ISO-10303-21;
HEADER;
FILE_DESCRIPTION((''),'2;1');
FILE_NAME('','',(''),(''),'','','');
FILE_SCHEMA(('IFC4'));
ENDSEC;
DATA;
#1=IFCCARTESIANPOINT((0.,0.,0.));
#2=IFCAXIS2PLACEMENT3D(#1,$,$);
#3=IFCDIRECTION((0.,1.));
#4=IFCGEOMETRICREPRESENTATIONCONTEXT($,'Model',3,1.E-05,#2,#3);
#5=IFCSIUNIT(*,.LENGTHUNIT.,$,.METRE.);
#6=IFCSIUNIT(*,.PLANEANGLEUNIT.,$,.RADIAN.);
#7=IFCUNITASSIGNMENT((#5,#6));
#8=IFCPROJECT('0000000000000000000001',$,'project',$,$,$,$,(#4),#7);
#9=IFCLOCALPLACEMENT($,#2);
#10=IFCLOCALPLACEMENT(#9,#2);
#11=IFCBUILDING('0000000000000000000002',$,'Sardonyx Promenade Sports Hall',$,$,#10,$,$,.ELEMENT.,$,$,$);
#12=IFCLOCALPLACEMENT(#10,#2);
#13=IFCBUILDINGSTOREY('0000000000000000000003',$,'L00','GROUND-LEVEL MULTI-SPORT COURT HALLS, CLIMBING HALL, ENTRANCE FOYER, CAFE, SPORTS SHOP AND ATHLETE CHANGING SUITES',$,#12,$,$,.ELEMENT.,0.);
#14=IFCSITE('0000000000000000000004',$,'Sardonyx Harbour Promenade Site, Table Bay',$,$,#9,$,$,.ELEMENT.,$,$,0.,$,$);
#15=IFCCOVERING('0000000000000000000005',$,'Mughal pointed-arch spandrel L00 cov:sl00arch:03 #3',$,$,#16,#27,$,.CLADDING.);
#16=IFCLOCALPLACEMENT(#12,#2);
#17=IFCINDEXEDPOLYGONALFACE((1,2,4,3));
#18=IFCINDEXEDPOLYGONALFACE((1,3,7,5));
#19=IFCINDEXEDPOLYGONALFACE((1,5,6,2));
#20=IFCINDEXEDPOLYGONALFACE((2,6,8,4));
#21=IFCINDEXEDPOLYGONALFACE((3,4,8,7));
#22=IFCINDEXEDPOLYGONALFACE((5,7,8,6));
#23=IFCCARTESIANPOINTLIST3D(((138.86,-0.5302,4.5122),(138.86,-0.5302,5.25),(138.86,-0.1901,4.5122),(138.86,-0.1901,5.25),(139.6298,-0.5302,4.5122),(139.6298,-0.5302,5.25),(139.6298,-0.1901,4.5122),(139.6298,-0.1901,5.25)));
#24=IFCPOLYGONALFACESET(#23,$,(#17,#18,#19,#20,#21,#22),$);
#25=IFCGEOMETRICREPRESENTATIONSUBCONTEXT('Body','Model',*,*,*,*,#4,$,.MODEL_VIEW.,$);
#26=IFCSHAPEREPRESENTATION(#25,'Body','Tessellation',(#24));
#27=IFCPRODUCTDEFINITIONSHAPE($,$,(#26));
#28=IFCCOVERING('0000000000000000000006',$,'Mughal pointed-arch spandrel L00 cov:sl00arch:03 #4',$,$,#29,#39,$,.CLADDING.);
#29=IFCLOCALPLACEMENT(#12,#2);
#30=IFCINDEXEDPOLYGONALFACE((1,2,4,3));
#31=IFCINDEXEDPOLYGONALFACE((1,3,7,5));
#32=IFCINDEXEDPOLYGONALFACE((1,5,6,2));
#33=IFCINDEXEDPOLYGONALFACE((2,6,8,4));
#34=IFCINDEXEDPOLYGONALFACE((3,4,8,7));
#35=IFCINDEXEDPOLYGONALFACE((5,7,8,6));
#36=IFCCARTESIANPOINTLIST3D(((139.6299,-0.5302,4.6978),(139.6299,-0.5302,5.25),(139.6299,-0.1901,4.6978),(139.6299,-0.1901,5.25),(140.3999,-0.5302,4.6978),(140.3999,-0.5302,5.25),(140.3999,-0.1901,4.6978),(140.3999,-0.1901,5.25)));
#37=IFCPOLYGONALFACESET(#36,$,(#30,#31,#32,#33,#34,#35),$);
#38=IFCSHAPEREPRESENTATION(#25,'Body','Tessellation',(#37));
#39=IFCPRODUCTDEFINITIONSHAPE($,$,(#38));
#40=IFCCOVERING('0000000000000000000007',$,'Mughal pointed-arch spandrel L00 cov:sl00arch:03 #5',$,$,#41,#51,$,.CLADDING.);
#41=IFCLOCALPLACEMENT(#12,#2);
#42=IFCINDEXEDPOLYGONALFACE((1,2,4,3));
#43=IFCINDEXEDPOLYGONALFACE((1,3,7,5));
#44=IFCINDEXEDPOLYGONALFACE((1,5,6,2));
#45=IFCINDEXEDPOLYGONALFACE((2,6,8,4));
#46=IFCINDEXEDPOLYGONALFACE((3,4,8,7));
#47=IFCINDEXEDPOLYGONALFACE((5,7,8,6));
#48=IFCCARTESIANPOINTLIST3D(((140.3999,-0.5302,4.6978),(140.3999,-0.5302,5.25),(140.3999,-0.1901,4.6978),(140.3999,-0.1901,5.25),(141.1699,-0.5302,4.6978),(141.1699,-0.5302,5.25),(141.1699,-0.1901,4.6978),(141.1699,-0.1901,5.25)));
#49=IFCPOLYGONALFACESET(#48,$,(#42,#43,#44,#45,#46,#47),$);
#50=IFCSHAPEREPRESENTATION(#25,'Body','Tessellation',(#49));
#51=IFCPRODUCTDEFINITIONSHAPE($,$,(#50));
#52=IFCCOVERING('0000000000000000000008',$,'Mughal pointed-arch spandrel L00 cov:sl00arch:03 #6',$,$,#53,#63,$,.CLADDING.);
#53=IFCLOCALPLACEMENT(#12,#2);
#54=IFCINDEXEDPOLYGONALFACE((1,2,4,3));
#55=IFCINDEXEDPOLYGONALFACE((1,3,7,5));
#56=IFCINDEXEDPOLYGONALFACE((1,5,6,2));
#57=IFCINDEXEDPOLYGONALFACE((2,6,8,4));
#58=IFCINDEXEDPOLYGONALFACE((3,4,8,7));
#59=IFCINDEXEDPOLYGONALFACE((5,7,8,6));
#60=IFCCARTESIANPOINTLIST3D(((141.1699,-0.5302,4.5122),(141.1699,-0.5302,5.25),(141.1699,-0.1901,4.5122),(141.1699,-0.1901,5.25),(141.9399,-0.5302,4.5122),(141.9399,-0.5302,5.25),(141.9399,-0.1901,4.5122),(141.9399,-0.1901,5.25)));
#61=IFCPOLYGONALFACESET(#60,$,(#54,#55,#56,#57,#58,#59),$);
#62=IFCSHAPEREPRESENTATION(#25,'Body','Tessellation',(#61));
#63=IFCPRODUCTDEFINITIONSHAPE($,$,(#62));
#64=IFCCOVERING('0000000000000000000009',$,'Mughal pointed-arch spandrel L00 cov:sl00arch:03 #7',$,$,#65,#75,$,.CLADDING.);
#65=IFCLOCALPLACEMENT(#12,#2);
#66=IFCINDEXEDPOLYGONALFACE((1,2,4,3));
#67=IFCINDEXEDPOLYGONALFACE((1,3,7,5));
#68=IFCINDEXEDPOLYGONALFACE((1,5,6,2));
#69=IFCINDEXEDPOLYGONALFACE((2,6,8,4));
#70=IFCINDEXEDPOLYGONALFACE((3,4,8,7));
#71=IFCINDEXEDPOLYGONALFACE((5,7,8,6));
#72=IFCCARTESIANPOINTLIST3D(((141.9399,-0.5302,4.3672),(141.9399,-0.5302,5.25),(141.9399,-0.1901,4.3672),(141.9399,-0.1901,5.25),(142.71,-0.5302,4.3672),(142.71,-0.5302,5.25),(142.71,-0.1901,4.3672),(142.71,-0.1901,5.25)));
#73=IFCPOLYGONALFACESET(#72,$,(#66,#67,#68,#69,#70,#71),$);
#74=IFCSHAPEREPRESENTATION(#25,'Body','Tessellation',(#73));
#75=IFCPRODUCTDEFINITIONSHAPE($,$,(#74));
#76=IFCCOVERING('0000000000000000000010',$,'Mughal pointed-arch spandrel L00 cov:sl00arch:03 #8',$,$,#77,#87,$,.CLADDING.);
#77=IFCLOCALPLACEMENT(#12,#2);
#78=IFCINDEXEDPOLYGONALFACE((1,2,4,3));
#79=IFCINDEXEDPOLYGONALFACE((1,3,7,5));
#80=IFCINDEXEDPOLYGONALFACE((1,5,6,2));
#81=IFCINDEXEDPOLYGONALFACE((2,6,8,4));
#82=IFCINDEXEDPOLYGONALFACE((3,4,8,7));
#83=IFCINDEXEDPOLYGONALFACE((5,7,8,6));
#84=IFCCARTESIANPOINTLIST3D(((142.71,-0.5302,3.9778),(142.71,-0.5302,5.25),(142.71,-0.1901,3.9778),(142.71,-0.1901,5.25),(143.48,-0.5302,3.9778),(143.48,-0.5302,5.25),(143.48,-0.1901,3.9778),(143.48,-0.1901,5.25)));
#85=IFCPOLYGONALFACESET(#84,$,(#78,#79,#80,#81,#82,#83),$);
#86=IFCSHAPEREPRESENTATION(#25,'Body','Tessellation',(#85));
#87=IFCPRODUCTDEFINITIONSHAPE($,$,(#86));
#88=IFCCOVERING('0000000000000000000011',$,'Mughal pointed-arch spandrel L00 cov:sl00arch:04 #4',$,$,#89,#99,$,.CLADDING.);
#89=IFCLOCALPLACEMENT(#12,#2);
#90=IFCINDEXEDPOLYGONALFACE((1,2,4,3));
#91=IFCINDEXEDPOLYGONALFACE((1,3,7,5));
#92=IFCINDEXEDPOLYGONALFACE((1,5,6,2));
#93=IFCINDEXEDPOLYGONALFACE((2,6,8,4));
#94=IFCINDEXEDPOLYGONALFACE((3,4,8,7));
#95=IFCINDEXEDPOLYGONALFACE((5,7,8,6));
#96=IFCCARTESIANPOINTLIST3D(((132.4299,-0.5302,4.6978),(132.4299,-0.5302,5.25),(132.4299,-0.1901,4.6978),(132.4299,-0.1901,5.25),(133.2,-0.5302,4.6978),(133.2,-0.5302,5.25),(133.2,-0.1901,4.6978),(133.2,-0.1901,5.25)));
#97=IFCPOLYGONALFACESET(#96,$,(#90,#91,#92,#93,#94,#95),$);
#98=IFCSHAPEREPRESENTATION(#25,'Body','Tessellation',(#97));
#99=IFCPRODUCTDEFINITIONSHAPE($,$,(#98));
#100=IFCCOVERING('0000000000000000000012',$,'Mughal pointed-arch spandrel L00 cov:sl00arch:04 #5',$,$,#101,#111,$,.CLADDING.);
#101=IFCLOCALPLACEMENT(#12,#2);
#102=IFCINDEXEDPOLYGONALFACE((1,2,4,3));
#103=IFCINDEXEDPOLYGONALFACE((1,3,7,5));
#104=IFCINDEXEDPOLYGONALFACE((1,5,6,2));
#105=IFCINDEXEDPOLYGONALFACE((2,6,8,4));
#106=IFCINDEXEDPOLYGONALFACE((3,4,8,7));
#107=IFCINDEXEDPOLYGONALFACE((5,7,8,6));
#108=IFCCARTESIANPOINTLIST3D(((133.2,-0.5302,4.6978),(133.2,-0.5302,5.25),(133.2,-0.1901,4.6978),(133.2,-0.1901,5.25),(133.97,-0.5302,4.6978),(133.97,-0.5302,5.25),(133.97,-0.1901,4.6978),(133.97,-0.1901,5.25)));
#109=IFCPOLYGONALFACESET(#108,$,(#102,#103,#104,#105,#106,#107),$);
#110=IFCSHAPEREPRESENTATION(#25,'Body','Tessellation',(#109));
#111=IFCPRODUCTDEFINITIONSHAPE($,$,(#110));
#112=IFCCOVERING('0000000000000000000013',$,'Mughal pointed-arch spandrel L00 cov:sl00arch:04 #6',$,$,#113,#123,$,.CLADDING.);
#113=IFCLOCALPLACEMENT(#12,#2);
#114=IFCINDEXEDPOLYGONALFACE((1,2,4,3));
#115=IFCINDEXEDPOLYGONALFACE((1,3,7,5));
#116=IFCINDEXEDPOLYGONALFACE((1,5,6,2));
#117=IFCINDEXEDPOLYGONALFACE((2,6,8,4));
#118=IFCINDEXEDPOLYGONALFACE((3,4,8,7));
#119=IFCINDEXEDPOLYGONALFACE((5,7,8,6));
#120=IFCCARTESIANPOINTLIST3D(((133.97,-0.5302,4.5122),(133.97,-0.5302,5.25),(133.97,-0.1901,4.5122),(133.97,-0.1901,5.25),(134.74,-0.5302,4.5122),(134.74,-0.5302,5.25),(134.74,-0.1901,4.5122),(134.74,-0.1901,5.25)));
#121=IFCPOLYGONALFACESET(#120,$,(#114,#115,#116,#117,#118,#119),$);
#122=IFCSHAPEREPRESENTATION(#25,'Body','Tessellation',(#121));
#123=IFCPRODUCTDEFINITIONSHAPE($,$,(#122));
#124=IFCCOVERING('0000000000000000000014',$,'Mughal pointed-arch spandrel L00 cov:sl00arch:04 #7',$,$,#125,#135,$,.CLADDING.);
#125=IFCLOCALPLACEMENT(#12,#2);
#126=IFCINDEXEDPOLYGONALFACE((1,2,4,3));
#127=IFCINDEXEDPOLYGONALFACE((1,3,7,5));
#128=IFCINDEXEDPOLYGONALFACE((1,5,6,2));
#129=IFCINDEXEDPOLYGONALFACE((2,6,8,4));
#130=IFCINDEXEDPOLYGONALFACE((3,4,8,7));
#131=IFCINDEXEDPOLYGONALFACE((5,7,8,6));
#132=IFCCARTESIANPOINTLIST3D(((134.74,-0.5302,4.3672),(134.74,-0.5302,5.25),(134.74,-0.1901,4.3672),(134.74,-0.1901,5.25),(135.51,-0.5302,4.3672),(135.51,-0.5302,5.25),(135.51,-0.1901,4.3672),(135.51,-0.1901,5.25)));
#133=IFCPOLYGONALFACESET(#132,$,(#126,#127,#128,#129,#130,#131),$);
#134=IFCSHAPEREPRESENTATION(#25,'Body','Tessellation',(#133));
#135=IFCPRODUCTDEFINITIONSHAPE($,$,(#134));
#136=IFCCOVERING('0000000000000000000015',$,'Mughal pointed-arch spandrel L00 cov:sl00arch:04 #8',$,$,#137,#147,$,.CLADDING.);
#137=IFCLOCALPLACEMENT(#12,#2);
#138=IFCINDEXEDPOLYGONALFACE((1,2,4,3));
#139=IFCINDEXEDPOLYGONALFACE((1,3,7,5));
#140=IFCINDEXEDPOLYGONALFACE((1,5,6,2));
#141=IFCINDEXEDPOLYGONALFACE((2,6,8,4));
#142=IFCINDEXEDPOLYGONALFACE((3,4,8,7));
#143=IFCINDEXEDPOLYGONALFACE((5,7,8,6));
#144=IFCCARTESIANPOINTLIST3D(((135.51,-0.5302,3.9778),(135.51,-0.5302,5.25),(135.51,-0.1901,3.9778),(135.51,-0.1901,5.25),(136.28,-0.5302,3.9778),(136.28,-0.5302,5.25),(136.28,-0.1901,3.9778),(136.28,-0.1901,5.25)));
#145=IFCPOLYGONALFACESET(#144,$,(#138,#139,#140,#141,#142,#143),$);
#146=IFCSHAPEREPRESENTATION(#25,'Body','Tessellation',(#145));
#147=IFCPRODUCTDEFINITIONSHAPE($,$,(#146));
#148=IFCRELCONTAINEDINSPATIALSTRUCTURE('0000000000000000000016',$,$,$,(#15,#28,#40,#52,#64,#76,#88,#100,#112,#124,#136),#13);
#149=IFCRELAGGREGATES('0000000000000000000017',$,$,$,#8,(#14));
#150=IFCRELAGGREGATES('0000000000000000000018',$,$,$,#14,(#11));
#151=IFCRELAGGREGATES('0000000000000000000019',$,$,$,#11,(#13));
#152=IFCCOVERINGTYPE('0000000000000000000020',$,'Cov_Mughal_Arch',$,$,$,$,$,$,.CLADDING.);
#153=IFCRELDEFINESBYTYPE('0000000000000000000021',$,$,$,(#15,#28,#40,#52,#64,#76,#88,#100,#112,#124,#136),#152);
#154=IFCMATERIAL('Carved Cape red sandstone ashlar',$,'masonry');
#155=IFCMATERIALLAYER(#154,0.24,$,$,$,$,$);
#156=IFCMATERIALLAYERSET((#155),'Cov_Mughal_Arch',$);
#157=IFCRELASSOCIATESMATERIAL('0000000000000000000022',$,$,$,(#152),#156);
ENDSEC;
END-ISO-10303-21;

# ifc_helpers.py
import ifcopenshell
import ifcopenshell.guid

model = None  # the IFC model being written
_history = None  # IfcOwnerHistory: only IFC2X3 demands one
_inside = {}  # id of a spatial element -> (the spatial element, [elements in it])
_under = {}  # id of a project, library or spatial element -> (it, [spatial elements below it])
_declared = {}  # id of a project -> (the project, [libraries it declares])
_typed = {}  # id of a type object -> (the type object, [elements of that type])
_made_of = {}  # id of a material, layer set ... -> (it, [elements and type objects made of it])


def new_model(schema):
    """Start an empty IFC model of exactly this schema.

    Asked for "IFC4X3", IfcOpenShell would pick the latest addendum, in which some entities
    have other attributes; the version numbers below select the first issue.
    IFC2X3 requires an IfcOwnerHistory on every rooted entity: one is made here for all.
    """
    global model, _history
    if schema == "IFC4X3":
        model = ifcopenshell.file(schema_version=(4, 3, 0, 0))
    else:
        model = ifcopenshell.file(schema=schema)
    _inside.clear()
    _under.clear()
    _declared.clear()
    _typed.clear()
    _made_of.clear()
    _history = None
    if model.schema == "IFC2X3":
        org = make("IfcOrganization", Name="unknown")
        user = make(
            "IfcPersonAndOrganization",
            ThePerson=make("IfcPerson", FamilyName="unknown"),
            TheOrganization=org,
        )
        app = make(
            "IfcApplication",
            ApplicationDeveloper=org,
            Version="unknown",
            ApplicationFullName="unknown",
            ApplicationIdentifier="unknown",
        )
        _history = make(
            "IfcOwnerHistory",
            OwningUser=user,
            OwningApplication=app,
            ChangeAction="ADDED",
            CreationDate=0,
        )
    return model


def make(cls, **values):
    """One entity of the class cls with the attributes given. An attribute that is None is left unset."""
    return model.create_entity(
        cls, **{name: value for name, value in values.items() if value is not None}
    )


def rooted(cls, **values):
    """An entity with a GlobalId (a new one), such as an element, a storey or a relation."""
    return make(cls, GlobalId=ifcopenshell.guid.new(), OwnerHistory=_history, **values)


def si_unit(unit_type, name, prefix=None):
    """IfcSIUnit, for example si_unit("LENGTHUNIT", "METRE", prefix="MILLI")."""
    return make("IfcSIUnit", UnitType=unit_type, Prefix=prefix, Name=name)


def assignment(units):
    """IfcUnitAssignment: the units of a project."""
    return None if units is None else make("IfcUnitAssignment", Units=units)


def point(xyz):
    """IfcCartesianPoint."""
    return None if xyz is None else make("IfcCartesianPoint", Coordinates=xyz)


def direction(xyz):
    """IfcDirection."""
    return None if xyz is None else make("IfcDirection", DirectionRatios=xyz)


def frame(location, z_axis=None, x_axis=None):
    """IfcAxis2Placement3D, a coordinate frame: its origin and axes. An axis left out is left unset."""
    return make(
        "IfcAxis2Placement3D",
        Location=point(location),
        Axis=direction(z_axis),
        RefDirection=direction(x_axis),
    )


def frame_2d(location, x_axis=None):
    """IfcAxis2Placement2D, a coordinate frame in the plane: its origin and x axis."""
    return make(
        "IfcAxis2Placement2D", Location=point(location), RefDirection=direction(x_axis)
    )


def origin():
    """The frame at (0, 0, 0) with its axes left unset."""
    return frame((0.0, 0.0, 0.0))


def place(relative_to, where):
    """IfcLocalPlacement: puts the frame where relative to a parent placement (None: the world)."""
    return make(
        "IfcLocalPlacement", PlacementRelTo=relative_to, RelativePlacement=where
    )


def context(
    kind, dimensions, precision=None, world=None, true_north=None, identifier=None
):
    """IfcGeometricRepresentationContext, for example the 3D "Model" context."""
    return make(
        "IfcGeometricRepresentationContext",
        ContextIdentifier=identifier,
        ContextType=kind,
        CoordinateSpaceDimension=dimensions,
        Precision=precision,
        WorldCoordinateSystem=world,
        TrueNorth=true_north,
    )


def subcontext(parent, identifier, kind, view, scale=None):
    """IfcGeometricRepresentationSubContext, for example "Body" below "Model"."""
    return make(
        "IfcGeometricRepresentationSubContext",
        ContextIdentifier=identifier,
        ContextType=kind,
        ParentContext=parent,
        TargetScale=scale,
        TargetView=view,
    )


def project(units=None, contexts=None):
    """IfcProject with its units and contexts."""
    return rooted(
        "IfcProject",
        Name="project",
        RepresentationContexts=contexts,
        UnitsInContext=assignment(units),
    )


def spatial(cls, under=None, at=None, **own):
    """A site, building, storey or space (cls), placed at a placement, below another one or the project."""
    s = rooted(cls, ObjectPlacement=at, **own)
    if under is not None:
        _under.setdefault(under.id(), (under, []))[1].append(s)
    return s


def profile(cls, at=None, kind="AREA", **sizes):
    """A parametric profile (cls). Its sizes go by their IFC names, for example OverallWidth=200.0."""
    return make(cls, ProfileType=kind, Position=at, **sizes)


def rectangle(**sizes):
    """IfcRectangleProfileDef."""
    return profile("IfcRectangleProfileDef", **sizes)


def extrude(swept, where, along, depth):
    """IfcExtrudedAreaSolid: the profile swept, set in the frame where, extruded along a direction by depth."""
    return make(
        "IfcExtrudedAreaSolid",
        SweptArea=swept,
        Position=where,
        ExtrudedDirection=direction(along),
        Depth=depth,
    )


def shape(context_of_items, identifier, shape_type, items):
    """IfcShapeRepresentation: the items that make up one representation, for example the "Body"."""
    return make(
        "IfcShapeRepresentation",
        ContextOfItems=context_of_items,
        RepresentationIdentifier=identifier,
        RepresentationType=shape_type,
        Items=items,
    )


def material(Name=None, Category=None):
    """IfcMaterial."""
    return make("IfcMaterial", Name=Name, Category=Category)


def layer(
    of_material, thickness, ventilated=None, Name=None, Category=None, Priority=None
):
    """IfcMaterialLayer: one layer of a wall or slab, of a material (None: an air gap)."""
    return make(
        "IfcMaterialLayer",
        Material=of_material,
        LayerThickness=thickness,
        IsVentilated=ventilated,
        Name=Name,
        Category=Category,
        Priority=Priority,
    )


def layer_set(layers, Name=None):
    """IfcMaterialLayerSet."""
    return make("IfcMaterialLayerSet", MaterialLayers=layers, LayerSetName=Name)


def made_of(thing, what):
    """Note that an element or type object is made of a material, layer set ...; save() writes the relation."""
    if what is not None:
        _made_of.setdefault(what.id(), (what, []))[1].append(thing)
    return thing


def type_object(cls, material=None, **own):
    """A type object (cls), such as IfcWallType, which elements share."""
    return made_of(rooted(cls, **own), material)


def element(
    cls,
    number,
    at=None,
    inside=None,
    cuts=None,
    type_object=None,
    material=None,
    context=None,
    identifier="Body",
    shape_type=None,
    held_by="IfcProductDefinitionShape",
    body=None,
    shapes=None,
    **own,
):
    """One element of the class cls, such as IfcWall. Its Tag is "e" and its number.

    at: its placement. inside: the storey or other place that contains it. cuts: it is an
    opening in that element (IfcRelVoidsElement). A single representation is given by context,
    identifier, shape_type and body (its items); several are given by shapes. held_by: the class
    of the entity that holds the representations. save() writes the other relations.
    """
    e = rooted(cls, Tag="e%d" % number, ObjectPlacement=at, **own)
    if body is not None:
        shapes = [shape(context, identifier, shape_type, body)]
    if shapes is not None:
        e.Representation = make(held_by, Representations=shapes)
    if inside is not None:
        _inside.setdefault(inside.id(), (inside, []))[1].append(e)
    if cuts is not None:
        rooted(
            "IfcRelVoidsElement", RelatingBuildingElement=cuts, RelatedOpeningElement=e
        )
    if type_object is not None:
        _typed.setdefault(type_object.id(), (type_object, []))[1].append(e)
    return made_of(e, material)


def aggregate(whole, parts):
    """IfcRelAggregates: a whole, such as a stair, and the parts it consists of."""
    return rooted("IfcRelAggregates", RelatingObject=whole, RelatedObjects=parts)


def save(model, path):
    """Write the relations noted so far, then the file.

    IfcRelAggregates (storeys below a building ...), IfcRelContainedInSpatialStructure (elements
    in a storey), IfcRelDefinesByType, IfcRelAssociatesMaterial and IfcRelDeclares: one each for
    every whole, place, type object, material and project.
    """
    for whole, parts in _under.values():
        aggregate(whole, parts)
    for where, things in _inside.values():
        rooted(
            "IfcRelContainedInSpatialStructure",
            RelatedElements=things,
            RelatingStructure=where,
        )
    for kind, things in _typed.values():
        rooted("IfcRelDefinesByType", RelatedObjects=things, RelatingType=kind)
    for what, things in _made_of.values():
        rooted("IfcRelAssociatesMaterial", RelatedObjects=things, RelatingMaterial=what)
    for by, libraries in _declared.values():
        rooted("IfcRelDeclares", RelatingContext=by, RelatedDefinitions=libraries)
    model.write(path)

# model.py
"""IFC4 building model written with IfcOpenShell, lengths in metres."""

from ifc_helpers import new_model, si_unit, direction, frame, frame_2d, origin, place, context, subcontext, project, spatial, rectangle, extrude, material, layer, layer_set, type_object, element, save


model = new_model("IFC4")

# Units and contexts
model_context = context("Model", 3, precision=1e-05, world=origin(), true_north=direction((0.0, 1.0)))
body_context = subcontext(model_context, "Body", "Model", "MODEL_VIEW")
ifc_project = project(units=[si_unit("LENGTHUNIT", "METRE"), si_unit("PLANEANGLEUNIT", "RADIAN")], contexts=[model_context])

# Site, building, storey
site_placement = place(None, origin())
site = spatial("IfcSite", under=ifc_project, at=site_placement, Name="Sardonyx Harbour Promenade Site, Table Bay", CompositionType="ELEMENT", RefElevation=0.0)
building_placement = place(site_placement, origin())
building = spatial("IfcBuilding", under=site, at=building_placement, Name="Sardonyx Promenade Sports Hall", CompositionType="ELEMENT")
storey_placement = place(building_placement, origin())
storey = spatial("IfcBuildingStorey", under=building, at=storey_placement, Name="L00", Description="GROUND-LEVEL MULTI-SPORT COURT HALLS, CLIMBING HALL, ENTRANCE FOYER, CAFE, SPORTS SHOP AND ATHLETE CHANGING SUITES", CompositionType="ELEMENT", Elevation=0.0)

# Coverings
ifc_material_1 = material(Name="Carved Cape red sandstone ashlar", Category="masonry")
ifc_layer_1 = layer(ifc_material_1, 0.24)
ifc_layer_set_1 = layer_set([ifc_layer_1], Name="Cov_Mughal_Arch")
covering_type = type_object("IfcCoveringType", Name="Cov_Mughal_Arch", PredefinedType="CLADDING", material=ifc_layer_set_1)
covering_1_placement = place(storey_placement, frame((138.8601, -0.3601, 4.5122), z_axis=(0.0, 0.0, 1.0), x_axis=(1.0, 0.0, 0.0)))
element("IfcCovering", 1, at=covering_1_placement, inside=storey, type_object=covering_type, Name="Mughal pointed-arch spandrel L00 cov:sl00arch:03 #3", PredefinedType="CLADDING", context=body_context, shape_type="SweptSolid", body=[
    extrude(rectangle(XDim=0.7698, YDim=0.3401, at=frame_2d((0.3848, 0.0))), origin(), (0.0, 0.0, 1.0), 0.7378),
])
for number, where, z_axis, x_axis, name in (
    (2, (139.6299, -0.3601, 4.6978), (0.0, 0.0, 1.0), (1.0, 0.0, 0.0), "Mughal pointed-arch spandrel L00 cov:sl00arch:03 #4"),
    (3, (140.3999, -0.3601, 4.6978), (0.0, 0.0, 1.0), (1.0, 0.0, 0.0), "Mughal pointed-arch spandrel L00 cov:sl00arch:03 #5"),
):
    element("IfcCovering", number, at=place(storey_placement, frame(where, z_axis=z_axis, x_axis=x_axis)), inside=storey, type_object=covering_type, Name=name, PredefinedType="CLADDING", context=body_context, shape_type="SweptSolid", body=[
        extrude(rectangle(XDim=0.77, YDim=0.3401, at=frame_2d((0.385, 0.0))), origin(), (0.0, 0.0, 1.0), 0.5522),
    ])
covering_2_placement = place(storey_placement, frame((141.1699, -0.3601, 4.5122), z_axis=(0.0, 0.0, 1.0), x_axis=(1.0, 0.0, 0.0)))
element("IfcCovering", 4, at=covering_2_placement, inside=storey, type_object=covering_type, Name="Mughal pointed-arch spandrel L00 cov:sl00arch:03 #6", PredefinedType="CLADDING", context=body_context, shape_type="SweptSolid", body=[
    extrude(rectangle(XDim=0.77, YDim=0.3401, at=frame_2d((0.385, 0.0))), origin(), (0.0, 0.0, 1.0), 0.7378),
])
covering_3_placement = place(storey_placement, frame((141.9399, -0.3601, 4.3672), z_axis=(0.0, 0.0, 1.0), x_axis=(1.0, 0.0, 0.0)))
element("IfcCovering", 5, at=covering_3_placement, inside=storey, type_object=covering_type, Name="Mughal pointed-arch spandrel L00 cov:sl00arch:03 #7", PredefinedType="CLADDING", context=body_context, shape_type="SweptSolid", body=[
    extrude(rectangle(XDim=0.77, YDim=0.3401, at=frame_2d((0.385, 0.0))), origin(), (0.0, 0.0, 1.0), 0.8828),
])
covering_4_placement = place(storey_placement, frame((142.71, -0.3601, 3.9778), z_axis=(0.0, 0.0, 1.0), x_axis=(1.0, 0.0, 0.0)))
element("IfcCovering", 6, at=covering_4_placement, inside=storey, type_object=covering_type, Name="Mughal pointed-arch spandrel L00 cov:sl00arch:03 #8", PredefinedType="CLADDING", context=body_context, shape_type="SweptSolid", body=[
    extrude(rectangle(XDim=0.77, YDim=0.3401, at=frame_2d((0.385, 0.0))), origin(), (0.0, 0.0, 1.0), 1.2722),
])
for number, where, z_axis, x_axis, name in (
    (7, (132.4299, -0.3601, 4.6978), (0.0, 0.0, 1.0), (1.0, 0.0, 0.0), "Mughal pointed-arch spandrel L00 cov:sl00arch:04 #4"),
    (8, (133.2, -0.3601, 4.6978), (0.0, 0.0, 1.0), (1.0, 0.0, 0.0), "Mughal pointed-arch spandrel L00 cov:sl00arch:04 #5"),
):
    element("IfcCovering", number, at=place(storey_placement, frame(where, z_axis=z_axis, x_axis=x_axis)), inside=storey, type_object=covering_type, Name=name, PredefinedType="CLADDING", context=body_context, shape_type="SweptSolid", body=[
        extrude(rectangle(XDim=0.77, YDim=0.3401, at=frame_2d((0.385, 0.0))), origin(), (0.0, 0.0, 1.0), 0.5522),
    ])
covering_5_placement = place(storey_placement, frame((133.97, -0.3601, 4.5122), z_axis=(0.0, 0.0, 1.0), x_axis=(1.0, 0.0, 0.0)))
element("IfcCovering", 9, at=covering_5_placement, inside=storey, type_object=covering_type, Name="Mughal pointed-arch spandrel L00 cov:sl00arch:04 #6", PredefinedType="CLADDING", context=body_context, shape_type="SweptSolid", body=[
    extrude(rectangle(XDim=0.77, YDim=0.3401, at=frame_2d((0.385, 0.0))), origin(), (0.0, 0.0, 1.0), 0.7378),
])
covering_6_placement = place(storey_placement, frame((134.74, -0.3601, 4.3672), z_axis=(0.0, 0.0, 1.0), x_axis=(1.0, 0.0, 0.0)))
element("IfcCovering", 10, at=covering_6_placement, inside=storey, type_object=covering_type, Name="Mughal pointed-arch spandrel L00 cov:sl00arch:04 #7", PredefinedType="CLADDING", context=body_context, shape_type="SweptSolid", body=[
    extrude(rectangle(XDim=0.77, YDim=0.3401, at=frame_2d((0.385, 0.0))), origin(), (0.0, 0.0, 1.0), 0.8828),
])
covering_7_placement = place(storey_placement, frame((135.51, -0.3601, 3.9778), z_axis=(0.0, 0.0, 1.0), x_axis=(1.0, 0.0, 0.0)))
element("IfcCovering", 11, at=covering_7_placement, inside=storey, type_object=covering_type, Name="Mughal pointed-arch spandrel L00 cov:sl00arch:04 #8", PredefinedType="CLADDING", context=body_context, shape_type="SweptSolid", body=[
    extrude(rectangle(XDim=0.77, YDim=0.3401, at=frame_2d((0.385, 0.0))), origin(), (0.0, 0.0, 1.0), 1.2722),
])

save(model, "model.ifc")
